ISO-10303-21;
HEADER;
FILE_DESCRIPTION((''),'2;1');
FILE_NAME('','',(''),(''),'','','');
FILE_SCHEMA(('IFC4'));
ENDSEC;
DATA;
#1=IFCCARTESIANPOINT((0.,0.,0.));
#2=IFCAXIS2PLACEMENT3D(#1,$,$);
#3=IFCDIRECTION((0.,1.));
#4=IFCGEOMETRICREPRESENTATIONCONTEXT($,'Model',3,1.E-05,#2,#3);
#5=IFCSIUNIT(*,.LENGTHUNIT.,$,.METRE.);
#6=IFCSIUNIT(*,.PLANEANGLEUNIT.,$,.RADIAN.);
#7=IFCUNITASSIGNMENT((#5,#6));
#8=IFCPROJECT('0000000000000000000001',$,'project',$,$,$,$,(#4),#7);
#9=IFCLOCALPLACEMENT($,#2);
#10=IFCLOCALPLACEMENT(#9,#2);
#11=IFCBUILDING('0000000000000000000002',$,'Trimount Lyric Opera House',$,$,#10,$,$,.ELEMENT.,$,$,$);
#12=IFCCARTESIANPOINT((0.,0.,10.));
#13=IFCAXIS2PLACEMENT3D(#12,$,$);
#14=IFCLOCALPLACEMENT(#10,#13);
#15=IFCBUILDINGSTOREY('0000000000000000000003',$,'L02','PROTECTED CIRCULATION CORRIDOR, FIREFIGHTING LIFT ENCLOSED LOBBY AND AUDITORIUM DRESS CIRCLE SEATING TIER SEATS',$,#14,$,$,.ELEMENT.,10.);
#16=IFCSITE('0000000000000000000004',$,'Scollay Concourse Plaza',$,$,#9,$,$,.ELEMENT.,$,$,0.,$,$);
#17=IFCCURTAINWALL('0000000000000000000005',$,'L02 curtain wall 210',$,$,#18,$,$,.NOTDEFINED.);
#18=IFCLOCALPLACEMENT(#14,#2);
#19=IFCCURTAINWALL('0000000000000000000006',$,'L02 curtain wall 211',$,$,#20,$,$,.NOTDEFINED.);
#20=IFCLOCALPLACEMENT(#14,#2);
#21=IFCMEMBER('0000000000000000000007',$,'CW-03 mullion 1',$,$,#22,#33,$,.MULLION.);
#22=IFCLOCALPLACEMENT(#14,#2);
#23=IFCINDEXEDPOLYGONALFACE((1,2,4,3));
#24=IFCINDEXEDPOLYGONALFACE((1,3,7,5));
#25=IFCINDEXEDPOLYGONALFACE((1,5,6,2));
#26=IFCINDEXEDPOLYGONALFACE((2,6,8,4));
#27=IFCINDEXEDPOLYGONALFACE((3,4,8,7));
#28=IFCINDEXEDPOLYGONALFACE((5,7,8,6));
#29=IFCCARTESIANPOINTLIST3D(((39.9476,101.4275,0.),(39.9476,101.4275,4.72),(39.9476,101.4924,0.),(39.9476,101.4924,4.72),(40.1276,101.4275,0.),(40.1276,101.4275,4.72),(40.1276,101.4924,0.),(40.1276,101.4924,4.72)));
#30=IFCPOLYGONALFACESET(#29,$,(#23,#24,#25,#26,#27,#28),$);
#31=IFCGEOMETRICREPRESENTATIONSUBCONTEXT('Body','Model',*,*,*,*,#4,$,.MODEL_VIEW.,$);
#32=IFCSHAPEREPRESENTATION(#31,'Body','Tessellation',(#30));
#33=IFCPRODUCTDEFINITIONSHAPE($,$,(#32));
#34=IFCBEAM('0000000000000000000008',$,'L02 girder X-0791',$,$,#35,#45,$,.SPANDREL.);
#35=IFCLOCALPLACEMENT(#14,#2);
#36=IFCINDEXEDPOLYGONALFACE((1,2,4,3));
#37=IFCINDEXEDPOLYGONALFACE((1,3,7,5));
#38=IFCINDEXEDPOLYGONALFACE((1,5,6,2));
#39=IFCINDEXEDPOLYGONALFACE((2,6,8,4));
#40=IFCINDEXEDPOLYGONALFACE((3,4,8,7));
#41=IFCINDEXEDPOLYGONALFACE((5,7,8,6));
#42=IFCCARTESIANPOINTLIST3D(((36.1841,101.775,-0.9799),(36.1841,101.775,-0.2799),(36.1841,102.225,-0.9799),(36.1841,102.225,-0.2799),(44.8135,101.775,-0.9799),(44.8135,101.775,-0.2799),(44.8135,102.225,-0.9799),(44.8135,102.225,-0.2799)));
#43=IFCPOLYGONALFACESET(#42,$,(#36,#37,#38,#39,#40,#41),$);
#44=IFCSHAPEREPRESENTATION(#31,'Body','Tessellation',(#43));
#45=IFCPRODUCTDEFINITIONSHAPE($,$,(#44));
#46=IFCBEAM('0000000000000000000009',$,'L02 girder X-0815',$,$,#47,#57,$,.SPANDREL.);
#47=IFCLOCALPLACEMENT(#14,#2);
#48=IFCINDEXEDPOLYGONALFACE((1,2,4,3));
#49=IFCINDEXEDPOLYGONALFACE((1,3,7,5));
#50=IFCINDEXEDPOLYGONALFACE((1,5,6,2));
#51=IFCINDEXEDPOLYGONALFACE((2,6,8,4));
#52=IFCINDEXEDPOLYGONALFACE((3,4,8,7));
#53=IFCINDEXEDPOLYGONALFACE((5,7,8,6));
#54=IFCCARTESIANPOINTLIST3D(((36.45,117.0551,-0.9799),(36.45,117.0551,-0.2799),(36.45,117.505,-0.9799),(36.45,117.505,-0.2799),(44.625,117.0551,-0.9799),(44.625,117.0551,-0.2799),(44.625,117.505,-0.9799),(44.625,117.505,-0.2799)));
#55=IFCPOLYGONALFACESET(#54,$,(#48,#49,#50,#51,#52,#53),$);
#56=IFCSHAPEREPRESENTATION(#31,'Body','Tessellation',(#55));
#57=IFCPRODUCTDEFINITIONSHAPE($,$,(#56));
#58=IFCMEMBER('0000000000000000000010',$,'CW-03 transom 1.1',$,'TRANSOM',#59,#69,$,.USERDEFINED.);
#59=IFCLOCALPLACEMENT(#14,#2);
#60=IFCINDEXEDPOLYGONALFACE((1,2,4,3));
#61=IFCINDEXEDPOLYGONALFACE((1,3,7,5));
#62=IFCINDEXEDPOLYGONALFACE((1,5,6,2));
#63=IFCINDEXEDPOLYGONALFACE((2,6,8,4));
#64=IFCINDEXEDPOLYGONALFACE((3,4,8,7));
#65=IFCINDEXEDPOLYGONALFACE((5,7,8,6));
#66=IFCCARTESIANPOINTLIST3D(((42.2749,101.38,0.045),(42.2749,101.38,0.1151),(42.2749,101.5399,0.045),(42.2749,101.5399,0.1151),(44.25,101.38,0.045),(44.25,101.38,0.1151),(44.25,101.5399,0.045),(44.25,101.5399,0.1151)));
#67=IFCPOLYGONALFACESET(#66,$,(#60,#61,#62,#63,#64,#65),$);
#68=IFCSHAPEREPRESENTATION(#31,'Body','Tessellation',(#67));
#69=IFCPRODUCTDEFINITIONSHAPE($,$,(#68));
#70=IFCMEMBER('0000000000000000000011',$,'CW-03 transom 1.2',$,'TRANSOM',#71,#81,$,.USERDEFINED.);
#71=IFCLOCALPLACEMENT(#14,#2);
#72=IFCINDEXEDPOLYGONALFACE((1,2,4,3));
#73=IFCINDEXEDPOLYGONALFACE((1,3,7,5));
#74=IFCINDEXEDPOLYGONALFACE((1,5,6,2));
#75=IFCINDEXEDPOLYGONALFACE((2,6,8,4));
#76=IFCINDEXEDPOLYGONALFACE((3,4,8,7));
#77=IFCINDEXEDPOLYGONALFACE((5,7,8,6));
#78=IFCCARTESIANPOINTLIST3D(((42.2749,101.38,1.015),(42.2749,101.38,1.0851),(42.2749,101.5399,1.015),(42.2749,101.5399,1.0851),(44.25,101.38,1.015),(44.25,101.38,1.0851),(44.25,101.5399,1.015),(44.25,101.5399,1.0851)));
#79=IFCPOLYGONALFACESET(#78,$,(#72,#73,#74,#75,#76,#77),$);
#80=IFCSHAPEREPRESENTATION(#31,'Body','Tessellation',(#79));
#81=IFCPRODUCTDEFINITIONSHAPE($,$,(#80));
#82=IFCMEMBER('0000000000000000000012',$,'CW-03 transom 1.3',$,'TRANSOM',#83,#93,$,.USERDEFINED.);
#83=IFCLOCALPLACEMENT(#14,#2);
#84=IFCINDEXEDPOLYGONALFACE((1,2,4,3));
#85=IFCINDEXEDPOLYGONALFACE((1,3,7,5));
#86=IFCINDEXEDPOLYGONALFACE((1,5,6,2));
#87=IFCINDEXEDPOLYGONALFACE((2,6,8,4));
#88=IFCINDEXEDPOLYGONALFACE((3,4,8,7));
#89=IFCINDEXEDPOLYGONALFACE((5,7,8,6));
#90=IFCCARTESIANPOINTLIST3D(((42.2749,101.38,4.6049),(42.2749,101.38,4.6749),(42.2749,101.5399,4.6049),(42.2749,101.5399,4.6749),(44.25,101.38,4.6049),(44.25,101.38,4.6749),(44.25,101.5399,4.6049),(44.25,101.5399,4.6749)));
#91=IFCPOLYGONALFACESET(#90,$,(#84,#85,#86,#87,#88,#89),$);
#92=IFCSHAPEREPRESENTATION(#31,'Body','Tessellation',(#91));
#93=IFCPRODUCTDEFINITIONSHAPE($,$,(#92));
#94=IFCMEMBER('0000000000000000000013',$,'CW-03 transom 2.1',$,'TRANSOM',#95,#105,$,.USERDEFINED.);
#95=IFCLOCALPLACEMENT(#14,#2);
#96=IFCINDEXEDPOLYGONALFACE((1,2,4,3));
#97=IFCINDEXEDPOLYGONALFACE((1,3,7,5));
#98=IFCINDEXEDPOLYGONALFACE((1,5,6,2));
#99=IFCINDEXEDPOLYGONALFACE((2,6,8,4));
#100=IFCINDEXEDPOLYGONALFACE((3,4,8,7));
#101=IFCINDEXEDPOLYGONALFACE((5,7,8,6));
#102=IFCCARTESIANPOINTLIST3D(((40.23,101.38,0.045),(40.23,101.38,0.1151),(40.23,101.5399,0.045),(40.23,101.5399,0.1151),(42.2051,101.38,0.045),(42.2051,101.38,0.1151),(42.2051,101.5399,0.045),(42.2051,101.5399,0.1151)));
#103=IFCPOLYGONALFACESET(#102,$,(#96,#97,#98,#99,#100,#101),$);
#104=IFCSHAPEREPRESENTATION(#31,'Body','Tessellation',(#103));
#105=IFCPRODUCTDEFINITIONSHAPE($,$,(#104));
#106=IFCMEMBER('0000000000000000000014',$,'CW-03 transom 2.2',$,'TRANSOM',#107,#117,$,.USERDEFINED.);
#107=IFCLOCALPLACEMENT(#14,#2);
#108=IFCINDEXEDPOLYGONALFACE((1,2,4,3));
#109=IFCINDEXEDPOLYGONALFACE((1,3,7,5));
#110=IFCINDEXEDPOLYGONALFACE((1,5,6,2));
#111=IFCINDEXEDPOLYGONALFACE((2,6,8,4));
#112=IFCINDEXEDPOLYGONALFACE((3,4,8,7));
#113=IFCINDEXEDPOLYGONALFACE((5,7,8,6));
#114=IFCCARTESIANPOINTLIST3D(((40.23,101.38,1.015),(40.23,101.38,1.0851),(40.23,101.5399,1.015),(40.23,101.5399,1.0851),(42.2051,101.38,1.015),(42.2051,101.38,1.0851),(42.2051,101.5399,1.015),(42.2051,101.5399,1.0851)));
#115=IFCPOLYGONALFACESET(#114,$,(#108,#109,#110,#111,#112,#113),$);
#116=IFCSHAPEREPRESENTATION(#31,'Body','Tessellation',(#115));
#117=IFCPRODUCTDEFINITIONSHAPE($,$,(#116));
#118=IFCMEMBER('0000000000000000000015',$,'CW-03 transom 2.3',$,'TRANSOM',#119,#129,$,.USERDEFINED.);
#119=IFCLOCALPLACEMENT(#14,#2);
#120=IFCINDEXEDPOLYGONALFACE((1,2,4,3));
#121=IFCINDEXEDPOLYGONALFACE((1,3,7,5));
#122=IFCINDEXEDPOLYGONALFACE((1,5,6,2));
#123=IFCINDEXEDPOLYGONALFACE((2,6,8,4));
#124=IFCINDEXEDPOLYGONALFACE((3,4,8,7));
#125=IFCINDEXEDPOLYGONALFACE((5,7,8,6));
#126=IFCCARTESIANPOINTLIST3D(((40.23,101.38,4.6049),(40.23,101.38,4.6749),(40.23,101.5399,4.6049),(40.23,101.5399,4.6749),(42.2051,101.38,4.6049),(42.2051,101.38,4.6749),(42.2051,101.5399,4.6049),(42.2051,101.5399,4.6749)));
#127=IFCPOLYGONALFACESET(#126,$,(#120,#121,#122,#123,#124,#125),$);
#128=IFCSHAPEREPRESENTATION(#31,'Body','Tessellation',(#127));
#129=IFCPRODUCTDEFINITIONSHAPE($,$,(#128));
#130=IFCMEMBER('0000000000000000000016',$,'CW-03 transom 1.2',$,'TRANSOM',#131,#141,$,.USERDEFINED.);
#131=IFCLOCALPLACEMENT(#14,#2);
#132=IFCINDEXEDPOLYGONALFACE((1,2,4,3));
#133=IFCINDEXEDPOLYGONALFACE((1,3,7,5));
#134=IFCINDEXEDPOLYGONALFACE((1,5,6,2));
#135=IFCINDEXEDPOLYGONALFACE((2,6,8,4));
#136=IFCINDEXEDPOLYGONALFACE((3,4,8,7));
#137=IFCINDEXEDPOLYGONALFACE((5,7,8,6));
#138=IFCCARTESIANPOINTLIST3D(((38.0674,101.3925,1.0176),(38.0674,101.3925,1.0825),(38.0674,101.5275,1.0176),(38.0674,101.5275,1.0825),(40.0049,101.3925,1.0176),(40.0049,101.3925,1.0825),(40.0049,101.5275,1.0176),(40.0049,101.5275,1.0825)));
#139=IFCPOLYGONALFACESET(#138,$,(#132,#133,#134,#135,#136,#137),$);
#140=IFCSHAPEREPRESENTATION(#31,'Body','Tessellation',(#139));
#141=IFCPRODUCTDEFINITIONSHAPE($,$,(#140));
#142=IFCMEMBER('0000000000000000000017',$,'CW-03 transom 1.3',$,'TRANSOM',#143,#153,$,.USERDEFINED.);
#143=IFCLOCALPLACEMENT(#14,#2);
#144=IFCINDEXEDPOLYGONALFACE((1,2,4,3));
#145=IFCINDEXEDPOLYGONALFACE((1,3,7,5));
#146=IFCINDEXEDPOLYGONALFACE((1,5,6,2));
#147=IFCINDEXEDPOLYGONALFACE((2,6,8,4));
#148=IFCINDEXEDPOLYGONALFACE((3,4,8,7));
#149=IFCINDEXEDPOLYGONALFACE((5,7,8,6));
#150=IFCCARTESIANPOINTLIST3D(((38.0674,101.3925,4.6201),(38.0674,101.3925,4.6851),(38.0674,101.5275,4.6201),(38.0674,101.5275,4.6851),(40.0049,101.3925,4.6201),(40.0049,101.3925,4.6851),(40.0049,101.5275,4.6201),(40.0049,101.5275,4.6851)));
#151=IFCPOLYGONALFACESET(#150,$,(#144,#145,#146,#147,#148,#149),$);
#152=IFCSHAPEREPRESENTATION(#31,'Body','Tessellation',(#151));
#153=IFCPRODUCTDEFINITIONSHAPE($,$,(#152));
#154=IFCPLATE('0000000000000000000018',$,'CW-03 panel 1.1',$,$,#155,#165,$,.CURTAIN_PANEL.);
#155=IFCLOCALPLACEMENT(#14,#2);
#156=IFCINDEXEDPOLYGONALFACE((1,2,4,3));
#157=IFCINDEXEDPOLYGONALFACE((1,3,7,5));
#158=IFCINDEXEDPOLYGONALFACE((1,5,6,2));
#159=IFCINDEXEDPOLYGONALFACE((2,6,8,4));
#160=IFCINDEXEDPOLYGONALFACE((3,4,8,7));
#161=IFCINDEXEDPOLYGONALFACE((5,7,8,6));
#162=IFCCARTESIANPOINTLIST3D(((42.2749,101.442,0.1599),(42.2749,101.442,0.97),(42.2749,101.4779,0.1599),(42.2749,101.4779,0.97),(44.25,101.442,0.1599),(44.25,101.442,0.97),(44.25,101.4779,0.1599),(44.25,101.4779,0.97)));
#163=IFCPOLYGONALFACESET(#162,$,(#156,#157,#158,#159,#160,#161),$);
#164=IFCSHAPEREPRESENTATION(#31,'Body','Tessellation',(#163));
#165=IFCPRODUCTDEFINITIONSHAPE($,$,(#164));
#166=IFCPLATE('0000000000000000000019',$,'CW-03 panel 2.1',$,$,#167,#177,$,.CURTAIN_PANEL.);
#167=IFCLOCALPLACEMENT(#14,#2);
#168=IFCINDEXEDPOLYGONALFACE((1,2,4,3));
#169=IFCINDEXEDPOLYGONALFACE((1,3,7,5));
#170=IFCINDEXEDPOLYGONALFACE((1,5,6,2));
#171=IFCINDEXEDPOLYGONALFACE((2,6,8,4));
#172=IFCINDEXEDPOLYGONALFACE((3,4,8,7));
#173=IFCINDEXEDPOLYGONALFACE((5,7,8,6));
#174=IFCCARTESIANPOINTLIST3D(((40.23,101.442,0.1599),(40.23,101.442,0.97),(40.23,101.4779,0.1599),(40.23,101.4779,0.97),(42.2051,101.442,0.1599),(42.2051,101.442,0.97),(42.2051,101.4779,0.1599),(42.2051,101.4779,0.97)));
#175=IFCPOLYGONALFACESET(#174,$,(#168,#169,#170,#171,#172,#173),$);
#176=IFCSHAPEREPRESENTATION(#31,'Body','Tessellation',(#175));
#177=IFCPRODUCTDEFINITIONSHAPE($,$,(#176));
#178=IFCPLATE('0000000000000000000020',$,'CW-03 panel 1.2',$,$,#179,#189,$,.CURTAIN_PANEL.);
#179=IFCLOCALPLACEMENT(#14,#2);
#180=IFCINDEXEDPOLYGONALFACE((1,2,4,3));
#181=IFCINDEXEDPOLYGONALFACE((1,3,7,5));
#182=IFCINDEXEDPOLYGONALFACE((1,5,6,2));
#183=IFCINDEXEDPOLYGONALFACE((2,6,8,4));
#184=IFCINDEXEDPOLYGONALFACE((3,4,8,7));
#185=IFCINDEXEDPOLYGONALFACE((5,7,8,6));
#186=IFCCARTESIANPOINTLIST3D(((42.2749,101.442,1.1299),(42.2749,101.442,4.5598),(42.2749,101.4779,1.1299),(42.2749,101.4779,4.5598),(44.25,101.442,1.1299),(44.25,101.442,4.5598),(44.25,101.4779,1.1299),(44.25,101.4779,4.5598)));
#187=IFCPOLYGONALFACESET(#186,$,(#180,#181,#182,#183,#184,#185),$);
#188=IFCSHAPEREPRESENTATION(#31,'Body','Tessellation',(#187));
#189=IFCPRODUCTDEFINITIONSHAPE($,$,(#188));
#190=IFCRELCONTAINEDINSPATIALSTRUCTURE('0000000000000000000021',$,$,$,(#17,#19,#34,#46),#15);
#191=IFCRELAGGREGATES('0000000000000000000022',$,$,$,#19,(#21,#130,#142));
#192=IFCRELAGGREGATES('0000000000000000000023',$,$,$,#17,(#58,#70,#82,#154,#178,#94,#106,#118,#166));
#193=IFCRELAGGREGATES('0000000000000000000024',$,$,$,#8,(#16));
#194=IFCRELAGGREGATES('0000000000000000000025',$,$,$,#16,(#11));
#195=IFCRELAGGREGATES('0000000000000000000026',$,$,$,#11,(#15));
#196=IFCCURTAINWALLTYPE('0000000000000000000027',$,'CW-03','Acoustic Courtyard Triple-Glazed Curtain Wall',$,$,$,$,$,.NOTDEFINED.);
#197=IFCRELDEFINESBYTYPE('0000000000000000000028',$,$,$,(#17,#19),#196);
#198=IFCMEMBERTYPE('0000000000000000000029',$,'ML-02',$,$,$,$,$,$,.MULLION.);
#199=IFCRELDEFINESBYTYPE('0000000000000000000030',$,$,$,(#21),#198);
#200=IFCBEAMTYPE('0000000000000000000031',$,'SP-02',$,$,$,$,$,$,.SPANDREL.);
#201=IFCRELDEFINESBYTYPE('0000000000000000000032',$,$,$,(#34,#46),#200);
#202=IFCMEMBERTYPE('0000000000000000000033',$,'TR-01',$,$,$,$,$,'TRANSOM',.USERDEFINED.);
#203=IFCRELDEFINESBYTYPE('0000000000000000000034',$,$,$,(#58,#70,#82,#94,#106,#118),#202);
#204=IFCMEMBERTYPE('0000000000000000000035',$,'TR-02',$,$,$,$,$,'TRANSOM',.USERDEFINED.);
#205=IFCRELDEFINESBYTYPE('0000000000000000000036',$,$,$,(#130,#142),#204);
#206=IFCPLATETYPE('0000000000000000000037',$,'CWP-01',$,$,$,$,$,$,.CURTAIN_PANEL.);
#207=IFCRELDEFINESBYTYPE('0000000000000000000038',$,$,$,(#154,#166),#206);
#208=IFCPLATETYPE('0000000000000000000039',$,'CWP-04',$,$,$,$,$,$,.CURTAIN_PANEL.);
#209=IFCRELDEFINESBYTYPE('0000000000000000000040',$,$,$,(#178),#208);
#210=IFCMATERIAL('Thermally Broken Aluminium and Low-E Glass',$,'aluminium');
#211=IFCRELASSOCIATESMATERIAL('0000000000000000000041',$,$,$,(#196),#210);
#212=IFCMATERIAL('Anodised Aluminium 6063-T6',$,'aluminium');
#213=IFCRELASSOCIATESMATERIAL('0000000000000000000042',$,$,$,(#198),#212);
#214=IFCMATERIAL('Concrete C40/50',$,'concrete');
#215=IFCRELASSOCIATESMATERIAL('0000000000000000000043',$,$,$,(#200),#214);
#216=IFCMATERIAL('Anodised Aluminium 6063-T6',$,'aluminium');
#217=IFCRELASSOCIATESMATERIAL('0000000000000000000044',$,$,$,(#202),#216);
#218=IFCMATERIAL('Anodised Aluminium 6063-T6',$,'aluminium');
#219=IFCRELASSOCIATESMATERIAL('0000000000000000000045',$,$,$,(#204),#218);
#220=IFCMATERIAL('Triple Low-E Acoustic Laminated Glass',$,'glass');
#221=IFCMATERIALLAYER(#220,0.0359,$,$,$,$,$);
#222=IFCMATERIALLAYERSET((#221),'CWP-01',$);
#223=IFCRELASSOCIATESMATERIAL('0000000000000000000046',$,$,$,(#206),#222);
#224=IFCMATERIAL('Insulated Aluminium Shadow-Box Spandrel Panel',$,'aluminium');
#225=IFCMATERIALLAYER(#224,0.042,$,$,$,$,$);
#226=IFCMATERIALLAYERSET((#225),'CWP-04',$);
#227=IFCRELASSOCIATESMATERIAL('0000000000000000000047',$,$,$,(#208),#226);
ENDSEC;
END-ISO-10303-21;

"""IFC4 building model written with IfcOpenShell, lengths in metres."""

from ifc_helpers import new_model, si_unit, direction, frame, origin, origin_2d, place, context, subcontext, project, spatial, rectangle, extrude, material, layer, layer_set, material_profile, profile_set, type_object, element, aggregate, save


model = new_model("IFC4")

# Units and contexts
model_context = context("Model", 3, precision=1e-05, world=origin(), true_north=direction((0.0, 1.0)))
body_context = subcontext(model_context, "Body", "Model", "MODEL_VIEW")
ifc_project = project(units=[si_unit("LENGTHUNIT", "METRE"), si_unit("PLANEANGLEUNIT", "RADIAN")], contexts=[model_context])

# Site, building, storey
site_placement = place(None, origin())
site = spatial("IfcSite", under=ifc_project, at=site_placement, Name="Scollay Concourse Plaza", CompositionType="ELEMENT", RefElevation=0.0)
building_placement = place(site_placement, origin())
building = spatial("IfcBuilding", under=site, at=building_placement, Name="Trimount Lyric Opera House", CompositionType="ELEMENT")
storey_placement = place(building_placement, frame((0.0, 0.0, 10.0)))
storey = spatial("IfcBuildingStorey", under=building, at=storey_placement, Name="L02", Description="PROTECTED CIRCULATION CORRIDOR, FIREFIGHTING LIFT ENCLOSED LOBBY AND AUDITORIUM DRESS CIRCLE SEATING TIER SEATS", CompositionType="ELEMENT", Elevation=10.0)

# Curtain wall
ifc_material_1 = material(Name="Thermally Broken Aluminium and Low-E Glass", Category="aluminium")
curtain_wall_type = type_object("IfcCurtainWallType", Name="CW-03", Description="Acoustic Courtyard Triple-Glazed Curtain Wall", PredefinedType="NOTDEFINED", material=ifc_material_1)
curtain_wall_1_placement = place(storey_placement, origin())
curtain_wall_1 = element("IfcCurtainWall", 1, at=curtain_wall_1_placement, inside=storey, type_object=curtain_wall_type, Name="L02 curtain wall 210", PredefinedType="NOTDEFINED")

# Curtain wall, member
curtain_wall_2_placement = place(storey_placement, origin())
curtain_wall_2 = element("IfcCurtainWall", 2, at=curtain_wall_2_placement, inside=storey, type_object=curtain_wall_type, Name="L02 curtain wall 211", PredefinedType="NOTDEFINED")
ifc_material_2 = material(Name="Anodised Aluminium 6063-T6", Category="aluminium")
ifc_material_profile_1 = material_profile(ifc_material_2, rectangle(XDim=0.0649, YDim=0.1799, at=origin_2d()), Name="ALU-MULL-65X180")
ifc_profile_set_1 = profile_set([ifc_material_profile_1], Name="Anodised Aluminium 6063-T6")
member_type_1 = type_object("IfcMemberType", Name="ML-02", PredefinedType="MULLION", material=ifc_profile_set_1)
member_1_placement = place(storey_placement, frame((40.0376, 101.46, 0.0), z_axis=(0.0, 0.0, 1.0), x_axis=(0.0, -1.0, 0.0)))
member_1 = element("IfcMember", 3, at=member_1_placement, type_object=member_type_1, Name="CW-03 mullion 1", PredefinedType="MULLION", context=body_context, shape_type="SweptSolid", body=[
    extrude(rectangle(XDim=0.0649, YDim=0.1799, at=origin_2d()), origin(), (0.0, 0.0, 1.0), 4.72),
])

# Beams
ifc_material_3 = material(Name="Concrete C40/50", Category="concrete")
ifc_material_profile_2 = material_profile(ifc_material_3, rectangle(XDim=0.45, YDim=0.7, at=origin_2d()), Name="RC450X700")
ifc_profile_set_2 = profile_set([ifc_material_profile_2], Name="Concrete C40/50")
beam_type_1 = type_object("IfcBeamType", Name="SP-02", PredefinedType="SPANDREL", material=ifc_profile_set_2)
beam_1_placement = place(storey_placement, frame((36.1841, 102.0, -0.6299), z_axis=(1.0, 0.0, 0.0), x_axis=(0.0, 1.0, 0.0)))
element("IfcBeam", 4, at=beam_1_placement, inside=storey, type_object=beam_type_1, Name="L02 girder X-0791", PredefinedType="SPANDREL", context=body_context, shape_type="SweptSolid", body=[
    extrude(rectangle(XDim=0.45, YDim=0.7, at=origin_2d()), origin(), (0.0, 0.0, 1.0), 8.6294),
])
beam_2_placement = place(storey_placement, frame((36.45, 117.28, -0.6299), z_axis=(1.0, 0.0, 0.0), x_axis=(0.0, 1.0, 0.0)))
element("IfcBeam", 5, at=beam_2_placement, inside=storey, type_object=beam_type_1, Name="L02 girder X-0815", PredefinedType="SPANDREL", context=body_context, shape_type="SweptSolid", body=[
    extrude(rectangle(XDim=0.45, YDim=0.7, at=origin_2d()), origin(), (0.0, 0.0, 1.0), 8.175),
])

# Members
ifc_material_4 = material(Name="Anodised Aluminium 6063-T6", Category="aluminium")
ifc_material_profile_3 = material_profile(ifc_material_4, rectangle(XDim=0.1599, YDim=0.0701, at=origin_2d()), Name="ALU-TRAN-70X160")
ifc_profile_set_3 = profile_set([ifc_material_profile_3], Name="Anodised Aluminium 6063-T6")
member_type_2 = type_object("IfcMemberType", Name="TR-01", ElementType="TRANSOM", PredefinedType="USERDEFINED", material=ifc_profile_set_3)
member_2_placement = place(storey_placement, frame((44.25, 101.46, 0.0801), z_axis=(-1.0, 0.0, 0.0), x_axis=(0.0, -1.0, 0.0)))
member_2 = element("IfcMember", 6, at=member_2_placement, type_object=member_type_2, Name="CW-03 transom 1.1", ObjectType="TRANSOM", PredefinedType="USERDEFINED", context=body_context, shape_type="SweptSolid", body=[
    extrude(rectangle(XDim=0.1599, YDim=0.0701, at=origin_2d()), origin(), (0.0, 0.0, 1.0), 1.9751),
])
member_3_placement = place(storey_placement, frame((44.25, 101.46, 1.05), z_axis=(-1.0, 0.0, 0.0), x_axis=(0.0, -1.0, 0.0)))
member_3 = element("IfcMember", 7, at=member_3_placement, type_object=member_type_2, Name="CW-03 transom 1.2", ObjectType="TRANSOM", PredefinedType="USERDEFINED", context=body_context, shape_type="SweptSolid", body=[
    extrude(rectangle(XDim=0.1599, YDim=0.0701, at=origin_2d()), origin(), (0.0, 0.0, 1.0), 1.9751),
])
member_4_placement = place(storey_placement, frame((44.25, 101.46, 4.6399), z_axis=(-1.0, 0.0, 0.0), x_axis=(0.0, -1.0, 0.0)))
member_4 = element("IfcMember", 8, at=member_4_placement, type_object=member_type_2, Name="CW-03 transom 1.3", ObjectType="TRANSOM", PredefinedType="USERDEFINED", context=body_context, shape_type="SweptSolid", body=[
    extrude(rectangle(XDim=0.1599, YDim=0.0701, at=origin_2d()), origin(), (0.0, 0.0, 1.0), 1.9751),
])
member_5_placement = place(storey_placement, frame((42.2051, 101.46, 0.0801), z_axis=(-1.0, 0.0, 0.0), x_axis=(0.0, -1.0, 0.0)))
member_5 = element("IfcMember", 9, at=member_5_placement, type_object=member_type_2, Name="CW-03 transom 2.1", ObjectType="TRANSOM", PredefinedType="USERDEFINED", context=body_context, shape_type="SweptSolid", body=[
    extrude(rectangle(XDim=0.1599, YDim=0.0701, at=origin_2d()), origin(), (0.0, 0.0, 1.0), 1.9751),
])
member_6_placement = place(storey_placement, frame((42.2051, 101.46, 1.05), z_axis=(-1.0, 0.0, 0.0), x_axis=(0.0, -1.0, 0.0)))
member_6 = element("IfcMember", 10, at=member_6_placement, type_object=member_type_2, Name="CW-03 transom 2.2", ObjectType="TRANSOM", PredefinedType="USERDEFINED", context=body_context, shape_type="SweptSolid", body=[
    extrude(rectangle(XDim=0.1599, YDim=0.0701, at=origin_2d()), origin(), (0.0, 0.0, 1.0), 1.9751),
])
member_7_placement = place(storey_placement, frame((42.2051, 101.46, 4.6399), z_axis=(-1.0, 0.0, 0.0), x_axis=(0.0, -1.0, 0.0)))
member_7 = element("IfcMember", 11, at=member_7_placement, type_object=member_type_2, Name="CW-03 transom 2.3", ObjectType="TRANSOM", PredefinedType="USERDEFINED", context=body_context, shape_type="SweptSolid", body=[
    extrude(rectangle(XDim=0.1599, YDim=0.0701, at=origin_2d()), origin(), (0.0, 0.0, 1.0), 1.9751),
])
ifc_material_5 = material(Name="Anodised Aluminium 6063-T6", Category="aluminium")
ifc_material_profile_4 = material_profile(ifc_material_5, rectangle(XDim=0.135, YDim=0.0649, at=origin_2d()), Name="ALU-TRAN-65X135")
ifc_profile_set_4 = profile_set([ifc_material_profile_4], Name="Anodised Aluminium 6063-T6")
member_type_3 = type_object("IfcMemberType", Name="TR-02", ElementType="TRANSOM", PredefinedType="USERDEFINED", material=ifc_profile_set_4)
member_8_placement = place(storey_placement, frame((40.0049, 101.46, 1.05), z_axis=(-1.0, 0.0, 0.0), x_axis=(0.0, -1.0, 0.0)))
member_8 = element("IfcMember", 12, at=member_8_placement, type_object=member_type_3, Name="CW-03 transom 1.2", ObjectType="TRANSOM", PredefinedType="USERDEFINED", context=body_context, shape_type="SweptSolid", body=[
    extrude(rectangle(XDim=0.135, YDim=0.0649, at=origin_2d()), origin(), (0.0, 0.0, 1.0), 1.9375),
])
member_9_placement = place(storey_placement, frame((40.0049, 101.46, 4.6526), z_axis=(-1.0, 0.0, 0.0), x_axis=(0.0, -1.0, 0.0)))
member_9 = element("IfcMember", 13, at=member_9_placement, type_object=member_type_3, Name="CW-03 transom 1.3", ObjectType="TRANSOM", PredefinedType="USERDEFINED", context=body_context, shape_type="SweptSolid", body=[
    extrude(rectangle(XDim=0.135, YDim=0.0649, at=origin_2d()), origin(), (0.0, 0.0, 1.0), 1.9375),
])
aggregate(curtain_wall_2, [member_1, member_8, member_9])

# Plates
ifc_material_6 = material(Name="Triple Low-E Acoustic Laminated Glass", Category="glass")
ifc_layer_1 = layer(ifc_material_6, 0.0359)
ifc_layer_set_1 = layer_set([ifc_layer_1], Name="CWP-01")
plate_type_1 = type_object("IfcPlateType", Name="CWP-01", PredefinedType="CURTAIN_PANEL", material=ifc_layer_set_1)
plate_1_placement = place(storey_placement, frame((43.2625, 101.46, 0.1599), z_axis=(0.0, 0.0, 1.0), x_axis=(-1.0, 0.0, 0.0)))
plate_1 = element("IfcPlate", 14, at=plate_1_placement, type_object=plate_type_1, Name="CW-03 panel 1.1", PredefinedType="CURTAIN_PANEL", context=body_context, shape_type="SweptSolid", body=[
    extrude(rectangle(XDim=1.9751, YDim=0.0359, at=origin_2d()), origin(), (0.0, 0.0, 1.0), 0.8101),
])
plate_2_placement = place(storey_placement, frame((41.2175, 101.46, 0.1599), z_axis=(0.0, 0.0, 1.0), x_axis=(-1.0, 0.0, 0.0)))
plate_2 = element("IfcPlate", 15, at=plate_2_placement, type_object=plate_type_1, Name="CW-03 panel 2.1", PredefinedType="CURTAIN_PANEL", context=body_context, shape_type="SweptSolid", body=[
    extrude(rectangle(XDim=1.9751, YDim=0.0359, at=origin_2d()), origin(), (0.0, 0.0, 1.0), 0.8101),
])
ifc_material_7 = material(Name="Insulated Aluminium Shadow-Box Spandrel Panel", Category="aluminium")
ifc_layer_2 = layer(ifc_material_7, 0.042)
ifc_layer_set_2 = layer_set([ifc_layer_2], Name="CWP-04")
plate_type_2 = type_object("IfcPlateType", Name="CWP-04", PredefinedType="CURTAIN_PANEL", material=ifc_layer_set_2)
plate_3_placement = place(storey_placement, frame((43.2625, 101.46, 1.1299), z_axis=(0.0, 0.0, 1.0), x_axis=(-1.0, 0.0, 0.0)))
plate_3 = element("IfcPlate", 16, at=plate_3_placement, type_object=plate_type_2, Name="CW-03 panel 1.2", PredefinedType="CURTAIN_PANEL", context=body_context, shape_type="SweptSolid", body=[
    extrude(rectangle(XDim=1.9751, YDim=0.0359, at=origin_2d()), origin(), (0.0, 0.0, 1.0), 3.4299),
])
aggregate(curtain_wall_1, [member_2, member_3, member_4, plate_1, plate_3, member_5, member_6, member_7, plate_2])

save(model, "model.ifc")
